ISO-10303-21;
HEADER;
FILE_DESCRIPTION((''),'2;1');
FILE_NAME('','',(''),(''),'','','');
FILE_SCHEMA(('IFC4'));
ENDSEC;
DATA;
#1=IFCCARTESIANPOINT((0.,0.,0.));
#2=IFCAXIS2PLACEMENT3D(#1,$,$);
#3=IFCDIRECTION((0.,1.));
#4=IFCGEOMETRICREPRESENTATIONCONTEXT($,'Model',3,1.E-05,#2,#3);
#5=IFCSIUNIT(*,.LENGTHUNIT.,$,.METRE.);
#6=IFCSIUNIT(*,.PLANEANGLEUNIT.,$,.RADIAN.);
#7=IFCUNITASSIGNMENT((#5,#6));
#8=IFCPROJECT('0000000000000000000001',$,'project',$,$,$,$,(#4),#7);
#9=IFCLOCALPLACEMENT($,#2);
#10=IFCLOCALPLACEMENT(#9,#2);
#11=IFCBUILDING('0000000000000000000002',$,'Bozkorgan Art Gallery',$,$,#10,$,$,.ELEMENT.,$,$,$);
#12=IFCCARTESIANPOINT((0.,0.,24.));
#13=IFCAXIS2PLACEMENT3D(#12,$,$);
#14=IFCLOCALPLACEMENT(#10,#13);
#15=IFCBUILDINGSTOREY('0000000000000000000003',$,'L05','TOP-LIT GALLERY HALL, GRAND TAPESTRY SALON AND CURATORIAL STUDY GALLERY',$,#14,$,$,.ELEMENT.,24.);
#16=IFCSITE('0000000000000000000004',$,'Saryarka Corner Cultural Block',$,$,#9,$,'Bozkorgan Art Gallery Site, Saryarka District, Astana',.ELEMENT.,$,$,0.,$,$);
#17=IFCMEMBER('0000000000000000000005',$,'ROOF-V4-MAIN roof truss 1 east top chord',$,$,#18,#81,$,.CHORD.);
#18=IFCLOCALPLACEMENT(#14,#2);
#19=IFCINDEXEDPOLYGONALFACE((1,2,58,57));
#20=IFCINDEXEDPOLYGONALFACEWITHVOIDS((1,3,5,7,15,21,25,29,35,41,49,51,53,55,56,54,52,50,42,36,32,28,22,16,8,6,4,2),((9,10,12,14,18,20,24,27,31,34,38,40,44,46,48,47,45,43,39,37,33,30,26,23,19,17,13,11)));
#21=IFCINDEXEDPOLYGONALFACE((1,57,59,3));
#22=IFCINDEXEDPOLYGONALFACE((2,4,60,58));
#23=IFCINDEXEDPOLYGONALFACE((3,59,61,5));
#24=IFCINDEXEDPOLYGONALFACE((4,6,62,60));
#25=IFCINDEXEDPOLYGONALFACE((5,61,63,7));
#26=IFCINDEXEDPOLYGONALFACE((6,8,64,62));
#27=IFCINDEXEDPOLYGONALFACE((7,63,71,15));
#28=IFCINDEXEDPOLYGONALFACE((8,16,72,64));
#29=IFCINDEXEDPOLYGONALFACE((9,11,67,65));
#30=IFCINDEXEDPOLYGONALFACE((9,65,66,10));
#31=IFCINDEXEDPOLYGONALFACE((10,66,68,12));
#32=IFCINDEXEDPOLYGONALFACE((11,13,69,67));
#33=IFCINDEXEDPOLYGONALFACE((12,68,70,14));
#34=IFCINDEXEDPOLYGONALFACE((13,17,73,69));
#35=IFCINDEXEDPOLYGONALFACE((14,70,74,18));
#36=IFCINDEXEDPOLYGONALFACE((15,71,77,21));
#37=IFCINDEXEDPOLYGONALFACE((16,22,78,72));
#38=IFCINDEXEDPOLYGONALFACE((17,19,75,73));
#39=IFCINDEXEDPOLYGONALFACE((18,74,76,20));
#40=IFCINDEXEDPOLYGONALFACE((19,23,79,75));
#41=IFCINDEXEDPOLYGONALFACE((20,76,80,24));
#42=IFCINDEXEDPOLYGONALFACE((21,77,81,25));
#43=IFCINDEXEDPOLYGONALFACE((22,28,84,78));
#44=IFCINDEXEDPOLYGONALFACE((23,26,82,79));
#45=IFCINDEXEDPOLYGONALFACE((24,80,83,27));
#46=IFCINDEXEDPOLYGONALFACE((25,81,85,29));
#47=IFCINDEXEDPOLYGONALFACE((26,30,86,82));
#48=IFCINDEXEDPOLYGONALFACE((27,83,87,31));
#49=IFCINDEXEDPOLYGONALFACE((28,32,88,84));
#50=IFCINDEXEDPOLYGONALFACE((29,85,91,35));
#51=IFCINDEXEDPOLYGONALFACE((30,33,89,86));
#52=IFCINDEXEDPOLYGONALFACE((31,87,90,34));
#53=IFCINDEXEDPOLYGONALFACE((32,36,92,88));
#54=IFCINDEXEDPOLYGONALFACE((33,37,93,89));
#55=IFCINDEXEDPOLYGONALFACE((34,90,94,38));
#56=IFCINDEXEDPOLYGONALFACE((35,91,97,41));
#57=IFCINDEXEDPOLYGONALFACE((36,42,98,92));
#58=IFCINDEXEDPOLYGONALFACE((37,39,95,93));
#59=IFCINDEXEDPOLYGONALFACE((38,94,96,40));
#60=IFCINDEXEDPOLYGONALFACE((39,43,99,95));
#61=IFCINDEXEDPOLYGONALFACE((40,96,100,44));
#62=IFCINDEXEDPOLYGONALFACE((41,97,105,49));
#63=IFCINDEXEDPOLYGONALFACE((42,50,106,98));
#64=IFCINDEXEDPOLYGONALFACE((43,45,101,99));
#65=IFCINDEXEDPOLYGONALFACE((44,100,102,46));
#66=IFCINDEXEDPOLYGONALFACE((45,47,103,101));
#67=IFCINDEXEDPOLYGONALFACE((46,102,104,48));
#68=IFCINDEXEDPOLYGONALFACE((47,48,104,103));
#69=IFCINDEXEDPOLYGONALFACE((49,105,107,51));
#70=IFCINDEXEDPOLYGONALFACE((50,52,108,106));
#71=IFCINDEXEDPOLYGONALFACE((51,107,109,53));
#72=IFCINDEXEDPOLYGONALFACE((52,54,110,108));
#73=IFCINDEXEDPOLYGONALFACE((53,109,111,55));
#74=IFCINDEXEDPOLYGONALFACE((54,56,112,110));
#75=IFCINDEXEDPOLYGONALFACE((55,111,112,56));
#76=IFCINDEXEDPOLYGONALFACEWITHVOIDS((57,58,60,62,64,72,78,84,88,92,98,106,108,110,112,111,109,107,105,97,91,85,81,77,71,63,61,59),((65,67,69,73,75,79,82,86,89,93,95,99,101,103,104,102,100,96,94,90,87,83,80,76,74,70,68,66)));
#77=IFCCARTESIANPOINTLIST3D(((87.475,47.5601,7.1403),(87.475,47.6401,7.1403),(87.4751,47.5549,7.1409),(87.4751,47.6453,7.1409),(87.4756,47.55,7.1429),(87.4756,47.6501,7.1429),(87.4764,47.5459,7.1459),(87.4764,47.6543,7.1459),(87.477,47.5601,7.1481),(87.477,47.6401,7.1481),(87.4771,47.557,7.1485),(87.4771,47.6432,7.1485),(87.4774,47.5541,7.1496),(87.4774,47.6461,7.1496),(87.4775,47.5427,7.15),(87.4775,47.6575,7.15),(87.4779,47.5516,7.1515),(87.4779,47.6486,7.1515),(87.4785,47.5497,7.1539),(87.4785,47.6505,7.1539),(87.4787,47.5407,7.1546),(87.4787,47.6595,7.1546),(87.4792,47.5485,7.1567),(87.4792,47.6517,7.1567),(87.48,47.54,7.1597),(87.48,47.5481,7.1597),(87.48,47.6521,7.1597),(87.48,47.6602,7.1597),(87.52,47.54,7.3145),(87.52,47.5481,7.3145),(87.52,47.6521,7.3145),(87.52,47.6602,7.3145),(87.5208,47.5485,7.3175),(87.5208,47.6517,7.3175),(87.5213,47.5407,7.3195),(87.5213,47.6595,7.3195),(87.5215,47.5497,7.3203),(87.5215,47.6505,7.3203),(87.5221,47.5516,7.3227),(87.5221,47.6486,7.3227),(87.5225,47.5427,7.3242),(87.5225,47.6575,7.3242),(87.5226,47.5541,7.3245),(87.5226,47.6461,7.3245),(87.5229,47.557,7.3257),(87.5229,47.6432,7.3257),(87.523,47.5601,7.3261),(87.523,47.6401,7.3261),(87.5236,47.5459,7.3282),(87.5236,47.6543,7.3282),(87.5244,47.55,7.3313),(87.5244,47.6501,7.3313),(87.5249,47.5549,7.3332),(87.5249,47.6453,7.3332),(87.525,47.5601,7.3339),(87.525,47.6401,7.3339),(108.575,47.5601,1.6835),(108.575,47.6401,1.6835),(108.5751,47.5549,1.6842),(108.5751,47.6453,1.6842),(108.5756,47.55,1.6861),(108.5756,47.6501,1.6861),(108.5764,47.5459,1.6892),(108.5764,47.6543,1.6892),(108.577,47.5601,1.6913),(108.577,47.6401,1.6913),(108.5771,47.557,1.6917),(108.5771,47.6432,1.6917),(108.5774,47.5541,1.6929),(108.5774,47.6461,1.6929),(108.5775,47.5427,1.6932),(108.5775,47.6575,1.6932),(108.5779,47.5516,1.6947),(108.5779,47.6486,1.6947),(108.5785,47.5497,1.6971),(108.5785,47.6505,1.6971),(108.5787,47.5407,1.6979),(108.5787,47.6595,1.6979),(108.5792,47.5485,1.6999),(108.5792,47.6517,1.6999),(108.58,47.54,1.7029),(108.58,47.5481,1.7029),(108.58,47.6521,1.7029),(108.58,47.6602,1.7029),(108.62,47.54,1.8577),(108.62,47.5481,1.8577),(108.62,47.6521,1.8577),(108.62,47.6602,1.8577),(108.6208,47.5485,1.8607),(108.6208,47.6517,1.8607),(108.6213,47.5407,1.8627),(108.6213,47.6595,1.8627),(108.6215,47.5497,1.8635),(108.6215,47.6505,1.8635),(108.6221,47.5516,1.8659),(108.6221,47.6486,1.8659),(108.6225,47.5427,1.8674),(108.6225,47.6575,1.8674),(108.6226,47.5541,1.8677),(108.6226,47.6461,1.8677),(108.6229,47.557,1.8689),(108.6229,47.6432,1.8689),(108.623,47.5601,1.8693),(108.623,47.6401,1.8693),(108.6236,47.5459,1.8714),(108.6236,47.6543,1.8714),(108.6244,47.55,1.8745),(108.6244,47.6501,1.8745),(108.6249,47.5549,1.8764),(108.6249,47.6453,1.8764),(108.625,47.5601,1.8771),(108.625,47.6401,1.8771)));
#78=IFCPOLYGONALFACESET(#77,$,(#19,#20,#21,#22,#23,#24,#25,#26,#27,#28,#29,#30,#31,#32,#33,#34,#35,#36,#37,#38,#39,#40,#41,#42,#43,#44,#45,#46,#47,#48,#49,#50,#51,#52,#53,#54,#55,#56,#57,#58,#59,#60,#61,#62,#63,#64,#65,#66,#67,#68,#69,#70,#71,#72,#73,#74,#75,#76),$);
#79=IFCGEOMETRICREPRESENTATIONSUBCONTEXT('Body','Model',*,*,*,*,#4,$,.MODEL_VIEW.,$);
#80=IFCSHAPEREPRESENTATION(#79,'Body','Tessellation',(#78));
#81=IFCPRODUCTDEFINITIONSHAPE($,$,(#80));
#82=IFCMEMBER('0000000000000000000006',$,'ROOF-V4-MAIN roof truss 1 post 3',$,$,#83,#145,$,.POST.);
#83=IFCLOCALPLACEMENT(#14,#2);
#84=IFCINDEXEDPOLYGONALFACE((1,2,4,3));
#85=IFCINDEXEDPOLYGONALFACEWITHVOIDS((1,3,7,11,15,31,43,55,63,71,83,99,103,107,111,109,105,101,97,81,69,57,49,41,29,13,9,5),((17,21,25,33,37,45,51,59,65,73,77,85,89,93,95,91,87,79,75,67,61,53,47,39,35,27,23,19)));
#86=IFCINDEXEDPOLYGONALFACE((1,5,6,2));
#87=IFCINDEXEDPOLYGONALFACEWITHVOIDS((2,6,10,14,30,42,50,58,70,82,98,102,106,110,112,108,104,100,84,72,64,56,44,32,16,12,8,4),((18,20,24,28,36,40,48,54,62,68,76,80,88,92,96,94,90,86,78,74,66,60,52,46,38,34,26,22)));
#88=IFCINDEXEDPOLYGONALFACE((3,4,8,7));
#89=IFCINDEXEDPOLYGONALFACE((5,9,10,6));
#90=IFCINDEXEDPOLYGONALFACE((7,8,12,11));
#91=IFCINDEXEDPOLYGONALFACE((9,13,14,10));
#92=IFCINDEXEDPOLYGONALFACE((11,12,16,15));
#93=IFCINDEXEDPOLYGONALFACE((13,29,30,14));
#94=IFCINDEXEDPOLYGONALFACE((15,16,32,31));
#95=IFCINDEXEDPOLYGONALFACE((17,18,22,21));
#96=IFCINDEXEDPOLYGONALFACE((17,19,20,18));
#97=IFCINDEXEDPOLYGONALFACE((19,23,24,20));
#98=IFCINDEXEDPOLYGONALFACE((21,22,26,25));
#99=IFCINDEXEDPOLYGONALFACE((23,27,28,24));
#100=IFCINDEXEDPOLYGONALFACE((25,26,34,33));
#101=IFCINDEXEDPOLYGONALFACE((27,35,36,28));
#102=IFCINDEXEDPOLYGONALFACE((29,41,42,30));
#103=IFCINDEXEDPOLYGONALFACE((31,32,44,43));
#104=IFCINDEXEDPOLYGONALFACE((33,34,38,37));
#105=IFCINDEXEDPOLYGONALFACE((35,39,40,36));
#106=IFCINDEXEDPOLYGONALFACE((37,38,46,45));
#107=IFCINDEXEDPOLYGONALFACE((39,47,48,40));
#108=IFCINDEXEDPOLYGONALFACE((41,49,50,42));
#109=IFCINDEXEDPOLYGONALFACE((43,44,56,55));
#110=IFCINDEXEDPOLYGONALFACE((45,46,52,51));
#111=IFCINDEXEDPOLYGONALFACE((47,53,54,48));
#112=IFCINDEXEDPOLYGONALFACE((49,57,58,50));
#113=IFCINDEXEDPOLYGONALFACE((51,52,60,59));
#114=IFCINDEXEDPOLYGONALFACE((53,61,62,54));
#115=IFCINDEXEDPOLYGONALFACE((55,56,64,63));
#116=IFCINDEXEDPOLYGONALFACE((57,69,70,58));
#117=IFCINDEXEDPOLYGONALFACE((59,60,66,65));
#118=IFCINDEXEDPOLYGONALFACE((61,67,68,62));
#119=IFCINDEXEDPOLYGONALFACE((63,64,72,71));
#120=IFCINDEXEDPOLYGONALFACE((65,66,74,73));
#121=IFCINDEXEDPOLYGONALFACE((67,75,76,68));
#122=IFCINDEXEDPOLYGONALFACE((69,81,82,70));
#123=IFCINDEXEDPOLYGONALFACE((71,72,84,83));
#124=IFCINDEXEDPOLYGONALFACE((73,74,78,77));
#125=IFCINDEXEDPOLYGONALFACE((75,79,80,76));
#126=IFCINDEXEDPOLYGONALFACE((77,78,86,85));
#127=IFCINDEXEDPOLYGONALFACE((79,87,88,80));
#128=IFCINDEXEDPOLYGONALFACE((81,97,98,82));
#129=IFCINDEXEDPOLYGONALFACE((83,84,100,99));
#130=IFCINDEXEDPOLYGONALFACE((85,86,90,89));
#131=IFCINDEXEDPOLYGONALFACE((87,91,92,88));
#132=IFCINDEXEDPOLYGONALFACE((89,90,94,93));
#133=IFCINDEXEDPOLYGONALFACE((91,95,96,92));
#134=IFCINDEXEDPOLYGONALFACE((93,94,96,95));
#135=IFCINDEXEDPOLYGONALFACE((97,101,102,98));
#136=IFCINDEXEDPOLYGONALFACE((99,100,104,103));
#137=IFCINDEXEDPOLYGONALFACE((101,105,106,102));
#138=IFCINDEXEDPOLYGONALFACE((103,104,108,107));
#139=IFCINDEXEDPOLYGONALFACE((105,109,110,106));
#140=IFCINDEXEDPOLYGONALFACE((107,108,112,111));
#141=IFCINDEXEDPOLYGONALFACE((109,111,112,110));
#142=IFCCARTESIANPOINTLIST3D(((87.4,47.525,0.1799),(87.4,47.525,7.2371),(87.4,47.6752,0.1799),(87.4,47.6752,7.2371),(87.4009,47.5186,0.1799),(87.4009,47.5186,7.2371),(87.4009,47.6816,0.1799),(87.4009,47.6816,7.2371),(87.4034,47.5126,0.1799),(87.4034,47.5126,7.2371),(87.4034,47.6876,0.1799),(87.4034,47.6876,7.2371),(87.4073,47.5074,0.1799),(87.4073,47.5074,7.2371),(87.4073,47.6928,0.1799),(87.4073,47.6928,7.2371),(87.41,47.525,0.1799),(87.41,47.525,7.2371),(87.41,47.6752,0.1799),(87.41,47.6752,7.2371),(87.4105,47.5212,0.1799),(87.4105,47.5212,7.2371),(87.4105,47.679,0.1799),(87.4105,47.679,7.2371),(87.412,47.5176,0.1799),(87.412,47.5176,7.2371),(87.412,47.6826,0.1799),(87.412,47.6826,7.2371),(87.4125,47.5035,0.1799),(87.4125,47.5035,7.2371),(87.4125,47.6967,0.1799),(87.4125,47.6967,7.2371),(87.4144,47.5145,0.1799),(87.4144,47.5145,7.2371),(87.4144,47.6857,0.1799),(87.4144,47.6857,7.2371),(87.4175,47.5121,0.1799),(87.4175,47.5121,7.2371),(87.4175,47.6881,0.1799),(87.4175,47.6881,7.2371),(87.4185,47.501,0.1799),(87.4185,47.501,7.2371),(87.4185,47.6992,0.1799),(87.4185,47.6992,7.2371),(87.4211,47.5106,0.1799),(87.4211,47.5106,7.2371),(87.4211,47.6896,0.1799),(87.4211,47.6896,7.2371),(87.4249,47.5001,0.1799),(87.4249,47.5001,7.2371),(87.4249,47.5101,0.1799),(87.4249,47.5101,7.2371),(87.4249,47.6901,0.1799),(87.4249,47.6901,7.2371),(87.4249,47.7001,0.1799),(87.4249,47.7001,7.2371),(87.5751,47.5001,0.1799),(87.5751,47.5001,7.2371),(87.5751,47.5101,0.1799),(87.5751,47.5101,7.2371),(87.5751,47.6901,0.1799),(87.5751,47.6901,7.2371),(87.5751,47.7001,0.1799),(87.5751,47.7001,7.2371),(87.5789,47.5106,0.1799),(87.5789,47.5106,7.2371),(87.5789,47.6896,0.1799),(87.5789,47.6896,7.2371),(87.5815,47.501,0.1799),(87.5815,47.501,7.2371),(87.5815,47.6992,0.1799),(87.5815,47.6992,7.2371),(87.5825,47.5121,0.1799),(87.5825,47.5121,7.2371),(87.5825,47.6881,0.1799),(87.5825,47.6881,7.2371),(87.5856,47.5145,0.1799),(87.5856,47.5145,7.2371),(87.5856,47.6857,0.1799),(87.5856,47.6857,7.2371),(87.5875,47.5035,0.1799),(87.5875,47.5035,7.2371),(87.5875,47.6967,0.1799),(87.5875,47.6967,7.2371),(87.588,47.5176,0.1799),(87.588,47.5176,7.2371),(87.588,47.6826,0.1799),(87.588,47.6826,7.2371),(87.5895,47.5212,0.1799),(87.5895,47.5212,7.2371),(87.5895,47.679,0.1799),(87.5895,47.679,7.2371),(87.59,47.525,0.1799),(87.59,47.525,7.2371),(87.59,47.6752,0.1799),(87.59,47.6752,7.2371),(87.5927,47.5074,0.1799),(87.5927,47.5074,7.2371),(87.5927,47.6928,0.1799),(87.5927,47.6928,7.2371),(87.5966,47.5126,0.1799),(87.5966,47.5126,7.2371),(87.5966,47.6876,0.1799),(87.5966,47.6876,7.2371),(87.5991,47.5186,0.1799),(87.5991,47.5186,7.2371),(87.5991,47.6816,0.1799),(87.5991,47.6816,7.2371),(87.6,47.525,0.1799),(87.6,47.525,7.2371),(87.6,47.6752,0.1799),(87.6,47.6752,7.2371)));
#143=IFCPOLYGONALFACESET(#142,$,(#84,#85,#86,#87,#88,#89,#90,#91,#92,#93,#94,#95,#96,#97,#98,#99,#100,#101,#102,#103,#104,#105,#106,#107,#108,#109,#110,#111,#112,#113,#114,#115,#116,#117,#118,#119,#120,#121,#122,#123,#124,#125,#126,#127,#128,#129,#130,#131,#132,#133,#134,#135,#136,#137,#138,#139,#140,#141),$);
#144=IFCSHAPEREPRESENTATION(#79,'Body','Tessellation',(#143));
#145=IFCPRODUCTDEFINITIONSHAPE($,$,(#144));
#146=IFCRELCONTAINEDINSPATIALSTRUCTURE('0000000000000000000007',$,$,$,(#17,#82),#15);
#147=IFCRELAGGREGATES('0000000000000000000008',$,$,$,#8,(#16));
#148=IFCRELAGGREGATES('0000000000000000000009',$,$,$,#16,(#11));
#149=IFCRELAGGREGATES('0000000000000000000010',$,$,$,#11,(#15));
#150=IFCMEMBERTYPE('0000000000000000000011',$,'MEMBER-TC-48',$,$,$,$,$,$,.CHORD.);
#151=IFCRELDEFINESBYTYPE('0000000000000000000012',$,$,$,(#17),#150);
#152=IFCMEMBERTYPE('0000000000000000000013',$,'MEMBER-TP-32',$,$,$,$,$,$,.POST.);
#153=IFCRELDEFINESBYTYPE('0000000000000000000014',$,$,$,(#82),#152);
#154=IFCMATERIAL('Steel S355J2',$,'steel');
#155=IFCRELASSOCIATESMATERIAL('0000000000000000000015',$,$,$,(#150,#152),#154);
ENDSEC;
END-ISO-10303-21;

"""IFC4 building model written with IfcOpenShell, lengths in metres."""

from ifc_helpers import new_model, si_unit, direction, frame, origin, origin_2d, place, context, subcontext, project, spatial, hollow_rectangle, extrude, material, material_profile, profile_set, type_object, element, save


model = new_model("IFC4")

# Units and contexts
model_context = context("Model", 3, precision=1e-05, world=origin(), true_north=direction((0.0, 1.0)))
body_context = subcontext(model_context, "Body", "Model", "MODEL_VIEW")
ifc_project = project(units=[si_unit("LENGTHUNIT", "METRE"), si_unit("PLANEANGLEUNIT", "RADIAN")], contexts=[model_context])

# Site, building, storey
site_placement = place(None, origin())
site = spatial("IfcSite", under=ifc_project, at=site_placement, Name="Saryarka Corner Cultural Block", LongName="Bozkorgan Art Gallery Site, Saryarka District, Astana", CompositionType="ELEMENT", RefElevation=0.0)
building_placement = place(site_placement, origin())
building = spatial("IfcBuilding", under=site, at=building_placement, Name="Bozkorgan Art Gallery", CompositionType="ELEMENT")
storey_placement = place(building_placement, frame((0.0, 0.0, 24.0)))
storey = spatial("IfcBuildingStorey", under=building, at=storey_placement, Name="L05", Description="TOP-LIT GALLERY HALL, GRAND TAPESTRY SALON AND CURATORIAL STUDY GALLERY", CompositionType="ELEMENT", Elevation=24.0)

# Members
ifc_material_1 = material(Name="Steel S355J2", Category="steel")
ifc_material_profile_1 = material_profile(ifc_material_1, hollow_rectangle(XDim=0.1201, YDim=0.2, WallThickness=0.0081, InnerFilletRadius=0.012, OuterFilletRadius=0.02, at=origin_2d()), Name="RHS 200x120x8")
ifc_profile_set_1 = profile_set([ifc_material_profile_1], Name="Steel S355J2")
member_type_1 = type_object("IfcMemberType", Name="MEMBER-TC-48", PredefinedType="CHORD", material=ifc_profile_set_1)
member_1_placement = place(storey_placement, frame((87.5, 47.6001, 7.2371), z_axis=(0.968148, 0.0, -0.250377), x_axis=(0.0, 1.0, 0.0)))
element("IfcMember", 1, at=member_1_placement, inside=storey, type_object=member_type_1, Name="ROOF-V4-MAIN roof truss 1 east top chord", PredefinedType="CHORD", context=body_context, shape_type="SweptSolid", body=[
    extrude(hollow_rectangle(XDim=0.1201, YDim=0.2, WallThickness=0.0081, InnerFilletRadius=0.012, OuterFilletRadius=0.02, at=origin_2d()), origin(), (0.0, 0.0, 1.0), 21.7942),
])
ifc_material_profile_2 = material_profile(ifc_material_1, hollow_rectangle(XDim=0.2, YDim=0.2, WallThickness=0.01, InnerFilletRadius=0.0149, OuterFilletRadius=0.0249, at=origin_2d()), Name="SHS 200x200x10")
ifc_profile_set_2 = profile_set([ifc_material_profile_2], Name="Steel S355J2")
member_type_2 = type_object("IfcMemberType", Name="MEMBER-TP-32", PredefinedType="POST", material=ifc_profile_set_2)
member_2_placement = place(storey_placement, frame((87.5, 47.6001, 0.1799), z_axis=(0.0, 0.0, 1.0), x_axis=(1.0, 0.0, 0.0)))
element("IfcMember", 2, at=member_2_placement, inside=storey, type_object=member_type_2, Name="ROOF-V4-MAIN roof truss 1 post 3", PredefinedType="POST", context=body_context, shape_type="SweptSolid", body=[
    extrude(hollow_rectangle(XDim=0.2, YDim=0.2, WallThickness=0.01, InnerFilletRadius=0.0149, OuterFilletRadius=0.0249, at=origin_2d()), origin(), (0.0, 0.0, 1.0), 7.0571),
])

save(model, "model.ifc")
